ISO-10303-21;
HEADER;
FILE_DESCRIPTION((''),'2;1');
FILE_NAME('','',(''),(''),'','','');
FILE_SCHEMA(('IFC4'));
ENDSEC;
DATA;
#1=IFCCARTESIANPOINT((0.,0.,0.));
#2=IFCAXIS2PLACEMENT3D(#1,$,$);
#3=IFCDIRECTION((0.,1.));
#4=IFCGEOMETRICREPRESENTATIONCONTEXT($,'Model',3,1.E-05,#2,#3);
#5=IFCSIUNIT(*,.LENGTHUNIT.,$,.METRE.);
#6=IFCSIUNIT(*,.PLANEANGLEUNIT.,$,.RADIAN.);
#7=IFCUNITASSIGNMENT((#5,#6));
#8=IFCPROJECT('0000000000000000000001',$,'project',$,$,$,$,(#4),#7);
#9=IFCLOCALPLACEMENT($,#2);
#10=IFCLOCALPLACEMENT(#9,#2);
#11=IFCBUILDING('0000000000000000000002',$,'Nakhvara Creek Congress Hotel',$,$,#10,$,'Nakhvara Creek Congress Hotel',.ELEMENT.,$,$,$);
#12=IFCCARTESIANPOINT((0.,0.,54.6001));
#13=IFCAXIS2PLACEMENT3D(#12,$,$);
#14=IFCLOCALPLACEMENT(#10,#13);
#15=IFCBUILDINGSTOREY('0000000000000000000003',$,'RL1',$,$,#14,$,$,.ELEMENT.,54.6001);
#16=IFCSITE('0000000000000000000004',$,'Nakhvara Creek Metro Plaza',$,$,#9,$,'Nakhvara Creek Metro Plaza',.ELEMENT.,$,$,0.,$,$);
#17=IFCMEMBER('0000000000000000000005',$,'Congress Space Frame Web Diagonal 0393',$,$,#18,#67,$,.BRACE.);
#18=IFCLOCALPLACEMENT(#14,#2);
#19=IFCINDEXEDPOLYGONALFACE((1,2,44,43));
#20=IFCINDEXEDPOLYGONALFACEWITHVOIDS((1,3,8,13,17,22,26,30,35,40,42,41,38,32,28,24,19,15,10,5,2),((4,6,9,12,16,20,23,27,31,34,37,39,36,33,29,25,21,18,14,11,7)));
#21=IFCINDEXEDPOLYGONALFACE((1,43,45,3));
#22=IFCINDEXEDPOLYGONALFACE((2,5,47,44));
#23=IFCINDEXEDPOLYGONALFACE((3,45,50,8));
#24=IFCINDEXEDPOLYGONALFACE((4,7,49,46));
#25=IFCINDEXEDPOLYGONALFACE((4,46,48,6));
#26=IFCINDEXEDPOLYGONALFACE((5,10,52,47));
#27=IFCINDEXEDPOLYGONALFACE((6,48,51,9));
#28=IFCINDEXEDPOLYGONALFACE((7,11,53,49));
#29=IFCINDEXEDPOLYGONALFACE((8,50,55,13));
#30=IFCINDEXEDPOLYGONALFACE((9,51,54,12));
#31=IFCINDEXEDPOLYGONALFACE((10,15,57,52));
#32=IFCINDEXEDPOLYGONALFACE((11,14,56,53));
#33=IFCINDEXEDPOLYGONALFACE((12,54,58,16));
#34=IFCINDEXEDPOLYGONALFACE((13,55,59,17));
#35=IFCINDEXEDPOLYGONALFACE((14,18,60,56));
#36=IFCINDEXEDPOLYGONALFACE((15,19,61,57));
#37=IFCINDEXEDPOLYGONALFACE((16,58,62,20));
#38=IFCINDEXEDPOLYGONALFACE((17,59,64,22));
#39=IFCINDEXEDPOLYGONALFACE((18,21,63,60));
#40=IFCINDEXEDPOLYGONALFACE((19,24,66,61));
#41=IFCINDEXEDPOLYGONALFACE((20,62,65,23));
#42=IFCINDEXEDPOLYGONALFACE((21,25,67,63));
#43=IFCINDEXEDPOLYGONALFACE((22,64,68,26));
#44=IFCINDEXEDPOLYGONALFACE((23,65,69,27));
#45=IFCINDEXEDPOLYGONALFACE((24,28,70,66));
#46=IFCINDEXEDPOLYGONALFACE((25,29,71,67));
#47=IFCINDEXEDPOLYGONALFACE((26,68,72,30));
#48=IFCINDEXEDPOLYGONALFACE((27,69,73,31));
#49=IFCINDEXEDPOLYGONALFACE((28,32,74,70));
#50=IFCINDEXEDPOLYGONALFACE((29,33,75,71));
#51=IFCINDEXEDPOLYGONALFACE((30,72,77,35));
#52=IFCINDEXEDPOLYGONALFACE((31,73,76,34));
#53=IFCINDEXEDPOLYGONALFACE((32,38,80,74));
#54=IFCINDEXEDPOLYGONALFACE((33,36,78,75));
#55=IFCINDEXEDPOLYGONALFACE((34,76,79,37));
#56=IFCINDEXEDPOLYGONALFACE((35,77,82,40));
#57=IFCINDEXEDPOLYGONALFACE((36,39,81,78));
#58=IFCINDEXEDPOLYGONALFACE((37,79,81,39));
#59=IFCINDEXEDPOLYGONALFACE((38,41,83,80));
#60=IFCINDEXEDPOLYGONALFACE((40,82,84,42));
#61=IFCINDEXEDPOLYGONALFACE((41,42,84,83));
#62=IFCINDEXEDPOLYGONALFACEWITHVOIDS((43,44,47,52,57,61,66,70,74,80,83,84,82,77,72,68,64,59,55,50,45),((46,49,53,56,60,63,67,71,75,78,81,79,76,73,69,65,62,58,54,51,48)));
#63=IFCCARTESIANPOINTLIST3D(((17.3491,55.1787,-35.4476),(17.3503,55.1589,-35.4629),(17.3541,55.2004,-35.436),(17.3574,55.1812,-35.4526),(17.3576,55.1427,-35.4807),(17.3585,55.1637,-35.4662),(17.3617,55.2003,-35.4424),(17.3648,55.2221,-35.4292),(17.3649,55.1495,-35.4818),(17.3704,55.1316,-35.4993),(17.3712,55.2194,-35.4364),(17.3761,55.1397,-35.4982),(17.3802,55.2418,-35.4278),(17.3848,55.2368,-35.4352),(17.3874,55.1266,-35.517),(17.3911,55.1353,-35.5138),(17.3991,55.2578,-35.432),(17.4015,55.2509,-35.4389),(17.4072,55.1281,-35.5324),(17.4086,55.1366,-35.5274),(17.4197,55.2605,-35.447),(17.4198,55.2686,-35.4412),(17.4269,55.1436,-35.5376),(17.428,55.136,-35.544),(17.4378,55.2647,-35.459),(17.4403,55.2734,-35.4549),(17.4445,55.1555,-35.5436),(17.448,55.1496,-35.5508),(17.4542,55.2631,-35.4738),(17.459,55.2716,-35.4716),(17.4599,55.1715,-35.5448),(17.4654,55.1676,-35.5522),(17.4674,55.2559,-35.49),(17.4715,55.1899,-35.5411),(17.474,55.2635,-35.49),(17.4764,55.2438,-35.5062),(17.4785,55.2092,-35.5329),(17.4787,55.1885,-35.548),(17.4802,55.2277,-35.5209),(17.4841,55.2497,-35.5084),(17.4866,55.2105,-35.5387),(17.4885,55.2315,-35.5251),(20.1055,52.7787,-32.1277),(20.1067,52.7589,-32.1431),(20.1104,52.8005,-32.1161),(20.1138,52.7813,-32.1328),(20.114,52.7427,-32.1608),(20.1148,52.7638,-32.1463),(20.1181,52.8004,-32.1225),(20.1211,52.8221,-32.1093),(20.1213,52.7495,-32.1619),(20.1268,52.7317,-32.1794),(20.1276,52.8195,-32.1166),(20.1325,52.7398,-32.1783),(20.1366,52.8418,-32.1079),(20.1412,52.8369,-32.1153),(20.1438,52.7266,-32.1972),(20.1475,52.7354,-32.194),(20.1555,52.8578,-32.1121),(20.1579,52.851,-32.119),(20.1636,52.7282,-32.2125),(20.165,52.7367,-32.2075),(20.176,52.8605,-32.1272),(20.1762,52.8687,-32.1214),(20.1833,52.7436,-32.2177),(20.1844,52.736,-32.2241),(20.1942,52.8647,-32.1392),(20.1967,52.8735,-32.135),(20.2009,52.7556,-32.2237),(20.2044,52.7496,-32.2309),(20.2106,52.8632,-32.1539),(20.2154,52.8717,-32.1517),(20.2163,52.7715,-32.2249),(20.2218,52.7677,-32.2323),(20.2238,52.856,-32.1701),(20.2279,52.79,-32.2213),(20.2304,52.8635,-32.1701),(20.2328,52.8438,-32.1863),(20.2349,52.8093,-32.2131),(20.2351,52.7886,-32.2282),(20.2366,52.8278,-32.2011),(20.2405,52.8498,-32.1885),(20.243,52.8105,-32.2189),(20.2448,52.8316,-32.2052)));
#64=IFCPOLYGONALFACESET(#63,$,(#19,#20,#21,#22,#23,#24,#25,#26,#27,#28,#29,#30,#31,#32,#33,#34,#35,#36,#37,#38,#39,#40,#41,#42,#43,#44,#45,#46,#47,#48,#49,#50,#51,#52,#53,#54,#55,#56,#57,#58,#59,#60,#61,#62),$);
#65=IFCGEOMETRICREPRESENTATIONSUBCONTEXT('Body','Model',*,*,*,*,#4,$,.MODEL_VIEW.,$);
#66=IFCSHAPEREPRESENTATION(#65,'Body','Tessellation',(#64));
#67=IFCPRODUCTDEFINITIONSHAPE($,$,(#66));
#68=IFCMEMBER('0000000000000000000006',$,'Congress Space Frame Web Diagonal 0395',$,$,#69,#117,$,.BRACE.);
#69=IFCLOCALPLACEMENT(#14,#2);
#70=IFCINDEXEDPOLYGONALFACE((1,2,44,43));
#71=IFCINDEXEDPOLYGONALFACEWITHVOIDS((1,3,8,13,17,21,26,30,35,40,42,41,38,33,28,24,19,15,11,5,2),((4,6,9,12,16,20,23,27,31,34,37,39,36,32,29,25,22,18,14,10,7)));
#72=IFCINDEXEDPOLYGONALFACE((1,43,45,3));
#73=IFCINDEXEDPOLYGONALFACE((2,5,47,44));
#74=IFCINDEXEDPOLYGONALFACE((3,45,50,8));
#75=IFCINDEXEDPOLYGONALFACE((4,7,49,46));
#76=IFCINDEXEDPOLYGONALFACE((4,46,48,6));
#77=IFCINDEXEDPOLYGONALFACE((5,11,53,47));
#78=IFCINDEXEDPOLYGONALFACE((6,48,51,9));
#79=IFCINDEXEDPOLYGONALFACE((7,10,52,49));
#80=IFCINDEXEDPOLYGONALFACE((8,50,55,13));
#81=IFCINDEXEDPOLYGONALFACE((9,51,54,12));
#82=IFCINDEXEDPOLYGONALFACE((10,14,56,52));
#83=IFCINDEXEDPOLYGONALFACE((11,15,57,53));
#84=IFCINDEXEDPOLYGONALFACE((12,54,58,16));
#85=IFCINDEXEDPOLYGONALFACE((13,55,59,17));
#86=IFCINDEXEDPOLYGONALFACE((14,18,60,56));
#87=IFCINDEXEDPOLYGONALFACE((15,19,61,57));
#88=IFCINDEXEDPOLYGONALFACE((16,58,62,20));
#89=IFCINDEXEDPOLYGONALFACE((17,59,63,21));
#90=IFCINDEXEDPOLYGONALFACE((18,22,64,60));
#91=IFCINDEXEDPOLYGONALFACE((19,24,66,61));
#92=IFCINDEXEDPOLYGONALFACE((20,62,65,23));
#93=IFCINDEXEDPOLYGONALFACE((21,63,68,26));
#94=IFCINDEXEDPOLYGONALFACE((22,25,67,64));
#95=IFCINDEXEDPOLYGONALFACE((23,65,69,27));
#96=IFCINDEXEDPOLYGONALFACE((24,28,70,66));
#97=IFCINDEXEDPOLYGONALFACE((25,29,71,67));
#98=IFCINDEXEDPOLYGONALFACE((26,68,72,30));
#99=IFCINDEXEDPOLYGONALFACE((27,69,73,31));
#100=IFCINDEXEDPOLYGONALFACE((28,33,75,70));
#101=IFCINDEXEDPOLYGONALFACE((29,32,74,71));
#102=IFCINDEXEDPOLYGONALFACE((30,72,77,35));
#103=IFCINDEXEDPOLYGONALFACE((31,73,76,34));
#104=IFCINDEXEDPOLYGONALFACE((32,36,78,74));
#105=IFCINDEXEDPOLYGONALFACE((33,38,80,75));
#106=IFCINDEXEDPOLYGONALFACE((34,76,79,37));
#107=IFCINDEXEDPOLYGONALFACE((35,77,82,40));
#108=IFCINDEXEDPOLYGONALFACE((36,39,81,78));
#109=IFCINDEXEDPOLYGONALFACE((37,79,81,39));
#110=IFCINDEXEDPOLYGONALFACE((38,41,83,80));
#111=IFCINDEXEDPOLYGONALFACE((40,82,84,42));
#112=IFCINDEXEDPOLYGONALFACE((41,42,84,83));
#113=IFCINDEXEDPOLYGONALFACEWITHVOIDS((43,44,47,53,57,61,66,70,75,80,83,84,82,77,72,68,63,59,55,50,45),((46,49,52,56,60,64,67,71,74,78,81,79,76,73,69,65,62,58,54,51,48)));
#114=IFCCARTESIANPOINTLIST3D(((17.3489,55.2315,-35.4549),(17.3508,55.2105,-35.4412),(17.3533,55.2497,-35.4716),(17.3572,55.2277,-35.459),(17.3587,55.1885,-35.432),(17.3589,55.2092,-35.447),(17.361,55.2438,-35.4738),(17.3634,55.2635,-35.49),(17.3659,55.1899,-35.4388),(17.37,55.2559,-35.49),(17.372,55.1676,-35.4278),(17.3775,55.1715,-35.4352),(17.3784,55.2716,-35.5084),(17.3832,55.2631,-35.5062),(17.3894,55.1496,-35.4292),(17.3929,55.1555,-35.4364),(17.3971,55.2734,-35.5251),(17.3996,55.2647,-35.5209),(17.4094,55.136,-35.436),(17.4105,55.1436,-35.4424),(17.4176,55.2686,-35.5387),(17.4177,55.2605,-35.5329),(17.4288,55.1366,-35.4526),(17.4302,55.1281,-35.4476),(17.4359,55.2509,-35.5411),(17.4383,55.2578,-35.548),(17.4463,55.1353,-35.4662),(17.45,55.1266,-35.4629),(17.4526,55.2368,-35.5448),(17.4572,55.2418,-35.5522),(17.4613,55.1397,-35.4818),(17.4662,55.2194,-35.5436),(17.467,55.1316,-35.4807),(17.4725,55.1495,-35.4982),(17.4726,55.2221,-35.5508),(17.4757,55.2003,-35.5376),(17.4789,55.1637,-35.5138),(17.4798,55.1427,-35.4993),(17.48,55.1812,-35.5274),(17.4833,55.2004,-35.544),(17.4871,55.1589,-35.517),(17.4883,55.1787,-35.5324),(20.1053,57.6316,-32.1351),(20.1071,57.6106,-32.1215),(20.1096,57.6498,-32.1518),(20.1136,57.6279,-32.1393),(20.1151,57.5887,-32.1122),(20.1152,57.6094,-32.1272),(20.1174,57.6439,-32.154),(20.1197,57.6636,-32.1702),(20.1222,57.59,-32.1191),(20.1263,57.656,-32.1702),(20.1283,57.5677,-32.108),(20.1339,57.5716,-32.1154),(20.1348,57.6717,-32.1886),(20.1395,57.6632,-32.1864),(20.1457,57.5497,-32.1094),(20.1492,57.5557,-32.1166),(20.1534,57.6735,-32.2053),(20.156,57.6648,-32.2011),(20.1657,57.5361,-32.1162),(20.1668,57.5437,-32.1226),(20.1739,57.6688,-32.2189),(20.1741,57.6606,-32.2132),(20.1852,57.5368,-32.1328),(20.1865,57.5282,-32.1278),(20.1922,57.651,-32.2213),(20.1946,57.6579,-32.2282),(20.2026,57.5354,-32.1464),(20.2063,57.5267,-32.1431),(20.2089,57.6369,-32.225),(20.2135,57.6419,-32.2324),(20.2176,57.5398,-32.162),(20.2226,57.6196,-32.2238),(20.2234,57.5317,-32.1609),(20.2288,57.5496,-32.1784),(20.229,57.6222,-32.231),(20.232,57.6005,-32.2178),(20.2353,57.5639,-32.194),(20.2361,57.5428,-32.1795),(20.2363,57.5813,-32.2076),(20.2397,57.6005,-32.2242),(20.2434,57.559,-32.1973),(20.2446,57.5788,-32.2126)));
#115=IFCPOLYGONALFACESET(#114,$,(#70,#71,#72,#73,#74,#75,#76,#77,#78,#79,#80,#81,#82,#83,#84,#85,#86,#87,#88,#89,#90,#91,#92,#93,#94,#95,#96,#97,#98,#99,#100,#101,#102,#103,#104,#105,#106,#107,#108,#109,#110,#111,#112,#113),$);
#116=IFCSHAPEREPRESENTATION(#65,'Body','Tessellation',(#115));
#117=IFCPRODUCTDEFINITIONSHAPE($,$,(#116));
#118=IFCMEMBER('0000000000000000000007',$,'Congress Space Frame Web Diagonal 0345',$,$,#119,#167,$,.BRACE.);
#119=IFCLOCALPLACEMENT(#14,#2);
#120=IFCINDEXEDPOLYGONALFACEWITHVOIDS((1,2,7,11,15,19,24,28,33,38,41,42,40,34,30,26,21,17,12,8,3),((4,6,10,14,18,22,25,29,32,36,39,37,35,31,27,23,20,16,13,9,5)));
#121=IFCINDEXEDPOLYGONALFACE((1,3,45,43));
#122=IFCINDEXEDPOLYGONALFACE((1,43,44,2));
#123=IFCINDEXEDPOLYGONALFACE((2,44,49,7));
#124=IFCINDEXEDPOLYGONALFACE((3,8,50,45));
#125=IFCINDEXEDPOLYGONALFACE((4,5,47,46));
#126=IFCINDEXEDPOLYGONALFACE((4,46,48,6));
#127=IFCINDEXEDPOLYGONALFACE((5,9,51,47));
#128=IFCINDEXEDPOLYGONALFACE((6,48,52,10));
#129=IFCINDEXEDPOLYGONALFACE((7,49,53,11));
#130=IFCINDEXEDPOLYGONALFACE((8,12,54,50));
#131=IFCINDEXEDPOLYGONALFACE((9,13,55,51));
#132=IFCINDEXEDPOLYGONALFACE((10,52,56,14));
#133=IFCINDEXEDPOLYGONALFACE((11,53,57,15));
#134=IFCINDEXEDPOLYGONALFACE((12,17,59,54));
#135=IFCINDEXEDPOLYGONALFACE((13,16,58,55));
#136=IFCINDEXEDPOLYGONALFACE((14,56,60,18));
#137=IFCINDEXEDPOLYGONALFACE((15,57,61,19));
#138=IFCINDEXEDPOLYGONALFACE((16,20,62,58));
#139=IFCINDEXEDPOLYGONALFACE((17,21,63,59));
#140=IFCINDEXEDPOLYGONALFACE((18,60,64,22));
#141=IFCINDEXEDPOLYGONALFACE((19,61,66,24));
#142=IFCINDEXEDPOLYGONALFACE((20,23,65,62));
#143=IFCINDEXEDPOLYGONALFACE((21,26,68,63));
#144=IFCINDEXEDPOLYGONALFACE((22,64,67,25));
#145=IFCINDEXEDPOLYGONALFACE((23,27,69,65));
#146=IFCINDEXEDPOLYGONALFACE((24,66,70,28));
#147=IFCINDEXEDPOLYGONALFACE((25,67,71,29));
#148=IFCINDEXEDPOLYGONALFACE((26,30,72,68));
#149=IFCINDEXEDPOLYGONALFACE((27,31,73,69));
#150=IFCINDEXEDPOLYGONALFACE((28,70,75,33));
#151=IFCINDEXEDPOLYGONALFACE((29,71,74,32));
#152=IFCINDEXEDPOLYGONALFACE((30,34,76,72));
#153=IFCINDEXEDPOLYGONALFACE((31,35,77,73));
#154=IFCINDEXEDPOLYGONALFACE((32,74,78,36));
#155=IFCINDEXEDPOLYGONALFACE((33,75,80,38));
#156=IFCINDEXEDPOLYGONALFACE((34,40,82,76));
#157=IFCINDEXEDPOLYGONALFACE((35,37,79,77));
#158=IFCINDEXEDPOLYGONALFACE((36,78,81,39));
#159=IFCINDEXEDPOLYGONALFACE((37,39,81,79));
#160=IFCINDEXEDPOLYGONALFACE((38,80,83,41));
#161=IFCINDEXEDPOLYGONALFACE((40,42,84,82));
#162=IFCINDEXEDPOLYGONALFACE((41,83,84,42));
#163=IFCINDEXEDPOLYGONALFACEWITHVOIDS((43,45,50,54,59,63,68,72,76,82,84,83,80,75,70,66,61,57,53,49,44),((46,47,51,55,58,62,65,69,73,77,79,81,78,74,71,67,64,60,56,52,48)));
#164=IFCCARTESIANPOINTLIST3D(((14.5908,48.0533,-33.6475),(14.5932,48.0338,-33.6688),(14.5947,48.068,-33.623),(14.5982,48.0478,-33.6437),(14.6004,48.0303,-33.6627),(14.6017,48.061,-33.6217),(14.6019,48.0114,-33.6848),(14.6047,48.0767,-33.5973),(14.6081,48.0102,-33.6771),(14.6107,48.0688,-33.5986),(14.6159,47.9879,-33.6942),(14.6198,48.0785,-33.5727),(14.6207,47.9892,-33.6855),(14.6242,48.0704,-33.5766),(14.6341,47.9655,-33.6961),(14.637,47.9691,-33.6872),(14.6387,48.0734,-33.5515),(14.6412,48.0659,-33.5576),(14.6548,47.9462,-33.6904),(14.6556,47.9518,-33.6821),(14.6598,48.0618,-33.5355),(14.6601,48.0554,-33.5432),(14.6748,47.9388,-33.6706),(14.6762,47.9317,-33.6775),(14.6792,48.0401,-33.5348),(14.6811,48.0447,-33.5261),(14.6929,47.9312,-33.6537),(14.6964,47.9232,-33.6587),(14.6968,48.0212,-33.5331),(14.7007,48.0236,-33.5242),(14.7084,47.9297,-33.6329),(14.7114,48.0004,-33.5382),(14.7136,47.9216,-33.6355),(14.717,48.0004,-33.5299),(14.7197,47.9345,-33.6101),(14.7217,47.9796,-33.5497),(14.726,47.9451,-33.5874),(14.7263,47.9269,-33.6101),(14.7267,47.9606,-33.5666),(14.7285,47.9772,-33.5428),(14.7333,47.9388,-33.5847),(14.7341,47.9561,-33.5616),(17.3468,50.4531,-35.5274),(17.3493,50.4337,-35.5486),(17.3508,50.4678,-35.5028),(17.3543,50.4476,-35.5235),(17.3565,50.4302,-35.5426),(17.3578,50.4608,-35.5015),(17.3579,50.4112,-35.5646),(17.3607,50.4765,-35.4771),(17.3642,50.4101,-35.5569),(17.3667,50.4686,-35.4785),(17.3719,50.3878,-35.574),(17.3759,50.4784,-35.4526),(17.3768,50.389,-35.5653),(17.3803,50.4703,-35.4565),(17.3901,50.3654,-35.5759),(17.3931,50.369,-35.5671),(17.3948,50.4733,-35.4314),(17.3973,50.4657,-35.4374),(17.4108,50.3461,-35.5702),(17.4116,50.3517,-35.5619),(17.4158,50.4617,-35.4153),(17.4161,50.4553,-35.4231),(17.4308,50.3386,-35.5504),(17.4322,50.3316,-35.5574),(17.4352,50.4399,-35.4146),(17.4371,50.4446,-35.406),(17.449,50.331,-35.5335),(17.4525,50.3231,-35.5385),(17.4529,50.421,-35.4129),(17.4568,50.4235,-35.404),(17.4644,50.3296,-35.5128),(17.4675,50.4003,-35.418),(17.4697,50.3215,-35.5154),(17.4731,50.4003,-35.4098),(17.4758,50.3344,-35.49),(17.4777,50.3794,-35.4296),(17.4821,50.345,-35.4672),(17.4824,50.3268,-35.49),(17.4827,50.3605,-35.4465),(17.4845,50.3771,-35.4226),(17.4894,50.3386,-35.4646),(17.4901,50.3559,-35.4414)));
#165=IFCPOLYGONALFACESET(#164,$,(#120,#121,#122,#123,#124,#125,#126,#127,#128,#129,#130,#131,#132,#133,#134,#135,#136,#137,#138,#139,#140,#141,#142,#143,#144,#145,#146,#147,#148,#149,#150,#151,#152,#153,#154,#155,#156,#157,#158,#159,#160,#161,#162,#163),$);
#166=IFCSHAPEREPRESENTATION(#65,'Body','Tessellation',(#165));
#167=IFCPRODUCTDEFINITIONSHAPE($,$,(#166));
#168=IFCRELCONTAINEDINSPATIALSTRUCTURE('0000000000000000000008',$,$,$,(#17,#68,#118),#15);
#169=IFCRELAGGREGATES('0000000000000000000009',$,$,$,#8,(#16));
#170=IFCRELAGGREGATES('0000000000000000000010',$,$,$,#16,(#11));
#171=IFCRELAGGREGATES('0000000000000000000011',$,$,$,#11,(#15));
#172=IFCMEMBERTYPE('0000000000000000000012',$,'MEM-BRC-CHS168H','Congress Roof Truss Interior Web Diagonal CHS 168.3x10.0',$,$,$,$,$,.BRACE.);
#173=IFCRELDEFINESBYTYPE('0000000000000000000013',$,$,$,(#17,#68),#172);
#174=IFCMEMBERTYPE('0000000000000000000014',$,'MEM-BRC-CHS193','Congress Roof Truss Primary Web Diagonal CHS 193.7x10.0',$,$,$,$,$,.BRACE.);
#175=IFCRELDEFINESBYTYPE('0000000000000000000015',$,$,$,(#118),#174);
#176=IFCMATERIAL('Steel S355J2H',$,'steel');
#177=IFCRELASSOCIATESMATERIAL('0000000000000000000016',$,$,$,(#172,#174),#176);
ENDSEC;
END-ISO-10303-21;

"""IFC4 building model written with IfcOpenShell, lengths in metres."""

from ifc_helpers import new_model, si_unit, direction, frame, origin, origin_2d, place, context, subcontext, project, spatial, hollow_circle, extrude, material, material_profile, profile_set, type_object, element, save


model = new_model("IFC4")

# Units and contexts
model_context = context("Model", 3, precision=1e-05, world=origin(), true_north=direction((0.0, 1.0)))
body_context = subcontext(model_context, "Body", "Model", "MODEL_VIEW")
ifc_project = project(units=[si_unit("LENGTHUNIT", "METRE"), si_unit("PLANEANGLEUNIT", "RADIAN")], contexts=[model_context])

# Site, building, storey
site_placement = place(None, origin())
site = spatial("IfcSite", under=ifc_project, at=site_placement, Name="Nakhvara Creek Metro Plaza", LongName="Nakhvara Creek Metro Plaza", CompositionType="ELEMENT", RefElevation=0.0)
building_placement = place(site_placement, origin())
building = spatial("IfcBuilding", under=site, at=building_placement, Name="Nakhvara Creek Congress Hotel", LongName="Nakhvara Creek Congress Hotel", CompositionType="ELEMENT")
storey_placement = place(building_placement, frame((0.0, 0.0, 54.6001)))
storey = spatial("IfcBuildingStorey", under=building, at=storey_placement, Name="RL1", CompositionType="ELEMENT", Elevation=54.6001)

# Members
ifc_material_1 = material(Name="Steel S355J2H", Category="steel")
ifc_material_profile_1 = material_profile(ifc_material_1, hollow_circle(Radius=0.0842, WallThickness=0.01, at=origin_2d()), Name="CHS 168.3x10.0", Category="LoadBearing")
ifc_profile_set_1 = profile_set([ifc_material_profile_1], Name="Steel S355J2H")
member_type_1 = type_object("IfcMemberType", Name="MEM-BRC-CHS168H", Description="Congress Roof Truss Interior Web Diagonal CHS 168.3x10.0", PredefinedType="BRACE", material=ifc_profile_set_1)
for number, where, z_axis, x_axis, name in (
    (1, (17.4187, 55.2, -35.49), (0.558256, -0.486063, 0.672379), (0.656658, 0.754188, 0.0), "Congress Space Frame Web Diagonal 0393"),
    (2, (17.4187, 55.2, -35.49), (0.558242, 0.486101, 0.672363), (-0.656696, 0.754155, 0.0), "Congress Space Frame Web Diagonal 0395"),
):
    element("IfcMember", number, at=place(storey_placement, frame(where, z_axis=z_axis, x_axis=x_axis)), inside=storey, type_object=member_type_1, Name=name, PredefinedType="BRACE", context=body_context, shape_type="SweptSolid", body=[
        extrude(hollow_circle(Radius=0.0842, WallThickness=0.01, at=origin_2d()), origin(), (0.0, 0.0, 1.0), 4.9375),
    ])
ifc_material_profile_2 = material_profile(ifc_material_1, hollow_circle(Radius=0.0969, WallThickness=0.01, at=origin_2d()), Name="CHS 193.7x10.0", Category="LoadBearing")
ifc_profile_set_2 = profile_set([ifc_material_profile_2], Name="Steel S355J2H")
member_type_2 = type_object("IfcMemberType", Name="MEM-BRC-CHS193", Description="Congress Roof Truss Primary Web Diagonal CHS 193.7x10.0", PredefinedType="BRACE", material=ifc_profile_set_2)
member_1_placement = place(storey_placement, frame((17.4187, 50.3999, -35.49), z_axis=(-0.670634, -0.583961, 0.457426), x_axis=(0.656691, -0.75416, 0.0)))
element("IfcMember", 3, at=member_1_placement, inside=storey, type_object=member_type_2, Name="Congress Space Frame Web Diagonal 0345", PredefinedType="BRACE", context=body_context, shape_type="SweptSolid", body=[
    extrude(hollow_circle(Radius=0.0969, WallThickness=0.01, at=origin_2d()), origin(), (0.0, 0.0, 1.0), 4.1096),
])

save(model, "model.ifc")
